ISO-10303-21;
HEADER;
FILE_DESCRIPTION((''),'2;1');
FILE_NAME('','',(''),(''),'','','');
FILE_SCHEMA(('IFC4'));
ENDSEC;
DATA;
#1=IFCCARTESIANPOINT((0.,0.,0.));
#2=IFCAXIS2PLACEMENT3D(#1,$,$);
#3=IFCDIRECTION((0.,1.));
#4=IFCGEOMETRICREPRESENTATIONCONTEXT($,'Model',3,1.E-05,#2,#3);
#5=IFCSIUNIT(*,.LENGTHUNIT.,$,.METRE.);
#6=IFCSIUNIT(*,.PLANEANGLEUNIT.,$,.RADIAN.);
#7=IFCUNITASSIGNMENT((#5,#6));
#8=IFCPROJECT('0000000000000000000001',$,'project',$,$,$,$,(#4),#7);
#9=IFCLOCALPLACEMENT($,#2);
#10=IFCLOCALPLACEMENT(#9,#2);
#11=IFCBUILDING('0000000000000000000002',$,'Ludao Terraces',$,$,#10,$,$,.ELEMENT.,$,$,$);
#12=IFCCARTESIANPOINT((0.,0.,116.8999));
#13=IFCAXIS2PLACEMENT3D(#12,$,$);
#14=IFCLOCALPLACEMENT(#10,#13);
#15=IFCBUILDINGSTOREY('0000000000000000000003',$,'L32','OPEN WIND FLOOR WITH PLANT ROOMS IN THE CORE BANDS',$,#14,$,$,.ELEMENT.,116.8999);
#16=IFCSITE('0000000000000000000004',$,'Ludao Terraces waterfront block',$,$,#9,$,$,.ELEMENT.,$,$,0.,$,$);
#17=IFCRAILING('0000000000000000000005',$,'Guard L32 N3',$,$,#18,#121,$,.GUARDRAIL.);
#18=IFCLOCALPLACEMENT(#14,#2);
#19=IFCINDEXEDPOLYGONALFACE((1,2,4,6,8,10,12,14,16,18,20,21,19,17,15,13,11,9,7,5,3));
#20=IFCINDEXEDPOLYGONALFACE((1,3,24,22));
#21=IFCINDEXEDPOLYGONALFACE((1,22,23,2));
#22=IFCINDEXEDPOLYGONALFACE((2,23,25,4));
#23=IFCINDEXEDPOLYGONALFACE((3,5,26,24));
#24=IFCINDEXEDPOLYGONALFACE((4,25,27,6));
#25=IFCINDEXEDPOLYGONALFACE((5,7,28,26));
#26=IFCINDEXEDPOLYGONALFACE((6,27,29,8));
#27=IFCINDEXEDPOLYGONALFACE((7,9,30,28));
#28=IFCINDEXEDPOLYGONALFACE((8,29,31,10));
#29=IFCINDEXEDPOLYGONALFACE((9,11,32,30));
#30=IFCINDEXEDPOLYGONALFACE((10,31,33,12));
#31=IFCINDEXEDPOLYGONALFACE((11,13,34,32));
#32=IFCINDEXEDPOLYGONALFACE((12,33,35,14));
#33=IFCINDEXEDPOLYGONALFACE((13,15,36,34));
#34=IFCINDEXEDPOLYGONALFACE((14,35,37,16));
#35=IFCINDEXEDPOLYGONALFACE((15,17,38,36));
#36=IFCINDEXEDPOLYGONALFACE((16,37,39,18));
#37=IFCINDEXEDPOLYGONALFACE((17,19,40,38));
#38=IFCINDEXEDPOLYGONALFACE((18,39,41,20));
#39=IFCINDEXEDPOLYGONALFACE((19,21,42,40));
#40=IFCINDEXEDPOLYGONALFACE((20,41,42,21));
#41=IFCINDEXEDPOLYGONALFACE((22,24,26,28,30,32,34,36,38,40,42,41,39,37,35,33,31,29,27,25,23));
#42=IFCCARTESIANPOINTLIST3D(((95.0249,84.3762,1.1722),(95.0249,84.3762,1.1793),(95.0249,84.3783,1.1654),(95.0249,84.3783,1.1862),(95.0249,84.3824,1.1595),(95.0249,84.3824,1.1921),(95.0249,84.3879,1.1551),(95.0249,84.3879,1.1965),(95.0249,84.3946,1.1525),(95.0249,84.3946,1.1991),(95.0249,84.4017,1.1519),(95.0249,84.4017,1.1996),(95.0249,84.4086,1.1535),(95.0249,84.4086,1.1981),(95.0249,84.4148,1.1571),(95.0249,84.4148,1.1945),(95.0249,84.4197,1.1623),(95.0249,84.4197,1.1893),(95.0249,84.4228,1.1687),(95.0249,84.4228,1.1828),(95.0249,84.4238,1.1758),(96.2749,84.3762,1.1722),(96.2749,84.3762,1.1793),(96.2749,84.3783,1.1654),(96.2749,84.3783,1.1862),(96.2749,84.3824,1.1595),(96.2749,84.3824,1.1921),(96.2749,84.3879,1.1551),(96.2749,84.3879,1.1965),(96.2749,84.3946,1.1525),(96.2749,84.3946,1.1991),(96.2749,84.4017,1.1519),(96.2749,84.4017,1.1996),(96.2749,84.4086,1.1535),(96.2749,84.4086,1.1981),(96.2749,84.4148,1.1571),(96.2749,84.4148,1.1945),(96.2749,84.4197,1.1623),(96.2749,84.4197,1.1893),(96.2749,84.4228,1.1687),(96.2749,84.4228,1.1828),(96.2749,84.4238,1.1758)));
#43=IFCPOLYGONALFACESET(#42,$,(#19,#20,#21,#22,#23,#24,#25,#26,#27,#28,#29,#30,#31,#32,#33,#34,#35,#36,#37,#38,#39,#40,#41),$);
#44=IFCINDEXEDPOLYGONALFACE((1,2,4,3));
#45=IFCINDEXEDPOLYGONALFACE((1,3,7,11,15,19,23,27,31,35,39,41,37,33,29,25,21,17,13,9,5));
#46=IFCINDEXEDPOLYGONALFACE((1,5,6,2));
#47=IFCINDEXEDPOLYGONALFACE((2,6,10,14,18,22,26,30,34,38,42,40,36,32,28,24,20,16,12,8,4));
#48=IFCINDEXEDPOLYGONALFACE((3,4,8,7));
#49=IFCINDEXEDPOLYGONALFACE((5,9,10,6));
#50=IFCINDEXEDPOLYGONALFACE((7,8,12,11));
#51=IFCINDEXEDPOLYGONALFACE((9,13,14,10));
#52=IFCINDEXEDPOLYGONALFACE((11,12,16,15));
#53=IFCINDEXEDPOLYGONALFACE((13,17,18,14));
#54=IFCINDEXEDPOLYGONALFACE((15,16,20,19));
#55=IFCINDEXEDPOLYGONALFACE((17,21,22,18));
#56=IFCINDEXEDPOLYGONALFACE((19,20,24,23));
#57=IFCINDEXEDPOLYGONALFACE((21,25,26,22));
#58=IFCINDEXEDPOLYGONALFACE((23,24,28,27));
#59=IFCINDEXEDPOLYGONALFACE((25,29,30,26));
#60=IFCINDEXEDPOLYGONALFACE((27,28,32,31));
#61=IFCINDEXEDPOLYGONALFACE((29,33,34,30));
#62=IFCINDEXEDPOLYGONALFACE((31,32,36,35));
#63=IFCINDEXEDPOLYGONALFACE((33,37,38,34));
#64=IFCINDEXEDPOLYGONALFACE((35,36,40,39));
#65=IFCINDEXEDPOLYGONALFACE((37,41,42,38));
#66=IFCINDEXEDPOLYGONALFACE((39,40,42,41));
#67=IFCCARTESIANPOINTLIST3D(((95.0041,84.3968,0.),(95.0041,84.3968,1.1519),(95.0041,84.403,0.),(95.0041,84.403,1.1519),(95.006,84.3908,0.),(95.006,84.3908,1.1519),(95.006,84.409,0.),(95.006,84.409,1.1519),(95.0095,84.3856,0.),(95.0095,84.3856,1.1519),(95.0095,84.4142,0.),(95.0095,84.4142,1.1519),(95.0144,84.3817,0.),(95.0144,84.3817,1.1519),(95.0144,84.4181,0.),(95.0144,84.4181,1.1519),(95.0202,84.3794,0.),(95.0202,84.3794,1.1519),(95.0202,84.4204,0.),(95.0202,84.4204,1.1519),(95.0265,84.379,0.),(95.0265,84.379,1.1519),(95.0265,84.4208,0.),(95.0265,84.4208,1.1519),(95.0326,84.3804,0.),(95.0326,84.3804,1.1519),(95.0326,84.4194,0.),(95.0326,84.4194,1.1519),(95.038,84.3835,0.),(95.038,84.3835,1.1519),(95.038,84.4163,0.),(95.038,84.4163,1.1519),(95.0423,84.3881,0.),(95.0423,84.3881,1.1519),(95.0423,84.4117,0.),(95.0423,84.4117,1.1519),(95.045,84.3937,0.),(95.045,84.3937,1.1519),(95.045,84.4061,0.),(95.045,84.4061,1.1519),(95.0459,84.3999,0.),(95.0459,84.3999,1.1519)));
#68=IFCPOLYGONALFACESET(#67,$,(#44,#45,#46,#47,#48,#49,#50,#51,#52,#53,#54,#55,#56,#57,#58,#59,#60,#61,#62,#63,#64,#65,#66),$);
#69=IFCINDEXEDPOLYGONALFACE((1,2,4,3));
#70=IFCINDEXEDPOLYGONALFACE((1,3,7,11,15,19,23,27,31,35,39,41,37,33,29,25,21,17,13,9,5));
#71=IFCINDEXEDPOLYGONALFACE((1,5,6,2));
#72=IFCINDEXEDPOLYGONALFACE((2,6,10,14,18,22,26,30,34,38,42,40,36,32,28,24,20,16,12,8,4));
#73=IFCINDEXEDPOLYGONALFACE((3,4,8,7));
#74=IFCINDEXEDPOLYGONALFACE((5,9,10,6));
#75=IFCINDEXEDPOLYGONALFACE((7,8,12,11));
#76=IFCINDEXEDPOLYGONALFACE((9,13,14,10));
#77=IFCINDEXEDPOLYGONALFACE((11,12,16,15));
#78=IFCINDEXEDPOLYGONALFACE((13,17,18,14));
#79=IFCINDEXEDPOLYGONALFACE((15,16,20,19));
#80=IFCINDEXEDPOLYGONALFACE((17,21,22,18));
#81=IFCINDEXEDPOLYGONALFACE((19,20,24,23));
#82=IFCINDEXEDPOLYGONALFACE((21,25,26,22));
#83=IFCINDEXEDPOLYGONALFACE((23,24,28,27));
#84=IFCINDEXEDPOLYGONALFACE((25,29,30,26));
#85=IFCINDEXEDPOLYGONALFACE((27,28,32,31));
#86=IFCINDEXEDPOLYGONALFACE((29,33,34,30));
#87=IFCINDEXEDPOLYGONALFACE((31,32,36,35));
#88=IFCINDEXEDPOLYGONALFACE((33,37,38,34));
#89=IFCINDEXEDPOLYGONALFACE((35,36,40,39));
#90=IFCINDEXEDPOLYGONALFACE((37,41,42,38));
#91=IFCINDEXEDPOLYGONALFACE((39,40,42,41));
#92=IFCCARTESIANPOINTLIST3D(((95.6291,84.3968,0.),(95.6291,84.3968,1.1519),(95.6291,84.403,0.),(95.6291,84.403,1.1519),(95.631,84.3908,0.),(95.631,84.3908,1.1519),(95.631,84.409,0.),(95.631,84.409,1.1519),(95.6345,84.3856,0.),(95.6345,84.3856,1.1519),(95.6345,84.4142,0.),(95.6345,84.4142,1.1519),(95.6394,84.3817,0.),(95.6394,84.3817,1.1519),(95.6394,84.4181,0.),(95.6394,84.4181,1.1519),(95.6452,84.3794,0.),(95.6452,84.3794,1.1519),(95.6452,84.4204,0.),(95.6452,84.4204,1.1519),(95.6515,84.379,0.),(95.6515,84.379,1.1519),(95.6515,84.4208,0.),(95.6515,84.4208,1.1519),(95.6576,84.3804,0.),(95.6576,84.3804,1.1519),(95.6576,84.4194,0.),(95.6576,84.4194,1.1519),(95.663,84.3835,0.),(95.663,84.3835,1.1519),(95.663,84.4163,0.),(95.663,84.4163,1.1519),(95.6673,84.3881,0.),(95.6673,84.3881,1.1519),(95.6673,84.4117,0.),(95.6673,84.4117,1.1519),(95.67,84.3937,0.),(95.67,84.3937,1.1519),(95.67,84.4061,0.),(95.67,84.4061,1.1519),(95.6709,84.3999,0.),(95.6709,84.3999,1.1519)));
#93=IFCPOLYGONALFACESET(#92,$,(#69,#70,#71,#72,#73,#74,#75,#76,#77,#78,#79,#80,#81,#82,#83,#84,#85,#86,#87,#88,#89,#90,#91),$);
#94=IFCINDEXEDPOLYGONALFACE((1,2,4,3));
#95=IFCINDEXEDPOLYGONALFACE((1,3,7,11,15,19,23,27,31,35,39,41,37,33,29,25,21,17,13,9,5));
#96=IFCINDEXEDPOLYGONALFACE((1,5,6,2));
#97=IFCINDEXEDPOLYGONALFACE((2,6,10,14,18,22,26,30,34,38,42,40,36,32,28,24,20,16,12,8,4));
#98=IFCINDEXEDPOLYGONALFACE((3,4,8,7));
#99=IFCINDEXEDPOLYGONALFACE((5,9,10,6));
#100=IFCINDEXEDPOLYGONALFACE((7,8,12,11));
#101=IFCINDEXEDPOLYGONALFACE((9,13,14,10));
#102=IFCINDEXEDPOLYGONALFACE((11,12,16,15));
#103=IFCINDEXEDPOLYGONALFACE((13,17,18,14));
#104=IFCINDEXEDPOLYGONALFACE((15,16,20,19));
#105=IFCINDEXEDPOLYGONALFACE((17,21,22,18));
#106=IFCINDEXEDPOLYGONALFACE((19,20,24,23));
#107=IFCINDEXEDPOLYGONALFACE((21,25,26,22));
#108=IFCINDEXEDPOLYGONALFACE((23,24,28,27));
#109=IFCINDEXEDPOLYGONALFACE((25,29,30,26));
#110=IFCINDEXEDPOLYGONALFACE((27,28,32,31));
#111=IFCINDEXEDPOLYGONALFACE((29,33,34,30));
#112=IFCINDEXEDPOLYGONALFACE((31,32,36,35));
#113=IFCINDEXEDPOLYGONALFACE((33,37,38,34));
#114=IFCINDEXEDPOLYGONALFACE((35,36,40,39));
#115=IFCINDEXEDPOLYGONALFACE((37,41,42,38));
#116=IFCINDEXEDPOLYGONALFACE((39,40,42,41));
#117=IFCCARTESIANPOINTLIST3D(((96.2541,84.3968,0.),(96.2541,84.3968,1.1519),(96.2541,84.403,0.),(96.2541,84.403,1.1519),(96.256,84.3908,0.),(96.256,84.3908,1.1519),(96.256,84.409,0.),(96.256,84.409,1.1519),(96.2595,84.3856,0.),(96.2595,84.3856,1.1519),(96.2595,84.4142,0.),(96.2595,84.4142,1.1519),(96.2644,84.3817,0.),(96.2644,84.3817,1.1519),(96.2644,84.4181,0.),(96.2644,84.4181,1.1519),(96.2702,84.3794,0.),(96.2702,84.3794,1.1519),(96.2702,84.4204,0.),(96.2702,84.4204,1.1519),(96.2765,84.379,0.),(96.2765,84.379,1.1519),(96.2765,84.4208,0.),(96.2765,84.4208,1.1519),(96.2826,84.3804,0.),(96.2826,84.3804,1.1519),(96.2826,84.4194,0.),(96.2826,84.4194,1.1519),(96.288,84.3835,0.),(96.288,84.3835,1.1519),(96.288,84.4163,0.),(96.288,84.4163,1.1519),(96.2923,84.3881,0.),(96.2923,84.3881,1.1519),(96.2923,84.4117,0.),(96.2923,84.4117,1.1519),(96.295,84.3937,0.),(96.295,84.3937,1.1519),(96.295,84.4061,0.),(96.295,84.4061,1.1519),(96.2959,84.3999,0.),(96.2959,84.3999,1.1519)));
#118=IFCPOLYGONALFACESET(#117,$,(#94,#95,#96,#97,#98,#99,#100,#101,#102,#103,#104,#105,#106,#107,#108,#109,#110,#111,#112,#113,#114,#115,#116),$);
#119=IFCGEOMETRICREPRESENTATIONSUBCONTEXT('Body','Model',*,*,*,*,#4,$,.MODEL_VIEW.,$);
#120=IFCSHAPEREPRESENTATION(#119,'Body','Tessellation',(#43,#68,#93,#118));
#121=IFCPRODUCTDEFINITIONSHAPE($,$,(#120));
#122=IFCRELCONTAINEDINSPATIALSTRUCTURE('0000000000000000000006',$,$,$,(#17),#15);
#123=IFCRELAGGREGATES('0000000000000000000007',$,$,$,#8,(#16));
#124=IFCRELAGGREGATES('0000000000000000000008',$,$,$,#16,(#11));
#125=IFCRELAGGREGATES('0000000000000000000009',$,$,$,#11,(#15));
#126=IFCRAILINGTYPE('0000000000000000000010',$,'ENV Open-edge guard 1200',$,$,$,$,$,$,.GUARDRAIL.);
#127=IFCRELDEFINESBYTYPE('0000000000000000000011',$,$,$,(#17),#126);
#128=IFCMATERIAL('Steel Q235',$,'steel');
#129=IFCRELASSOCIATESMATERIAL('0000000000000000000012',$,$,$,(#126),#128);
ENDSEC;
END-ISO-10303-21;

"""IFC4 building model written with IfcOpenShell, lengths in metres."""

from ifc_helpers import new_model, si_unit, direction, frame, origin, origin_2d, place, context, subcontext, project, spatial, circle, extrude, material, type_object, element, save


model = new_model("IFC4")

# Units and contexts
model_context = context("Model", 3, precision=1e-05, world=origin(), true_north=direction((0.0, 1.0)))
body_context = subcontext(model_context, "Body", "Model", "MODEL_VIEW")
ifc_project = project(units=[si_unit("LENGTHUNIT", "METRE"), si_unit("PLANEANGLEUNIT", "RADIAN")], contexts=[model_context])

# Site, building, storey
site_placement = place(None, origin())
site = spatial("IfcSite", under=ifc_project, at=site_placement, Name="Ludao Terraces waterfront block", CompositionType="ELEMENT", RefElevation=0.0)
building_placement = place(site_placement, origin())
building = spatial("IfcBuilding", under=site, at=building_placement, Name="Ludao Terraces", CompositionType="ELEMENT")
storey_placement = place(building_placement, frame((0.0, 0.0, 116.8999)))
storey = spatial("IfcBuildingStorey", under=building, at=storey_placement, Name="L32", Description="OPEN WIND FLOOR WITH PLANT ROOMS IN THE CORE BANDS", CompositionType="ELEMENT", Elevation=116.8999)

# Shared definitions
ifc_material_1 = material(Name="Steel Q235", Category="steel")

# Railing
railing_type_1 = type_object("IfcRailingType", Name="ENV Open-edge guard 1200", PredefinedType="GUARDRAIL", material=ifc_material_1)
railing_1_placement = place(storey_placement, frame((95.0249, 84.3999, 0.0)))
element("IfcRailing", 1, at=railing_1_placement, inside=storey, type_object=railing_type_1, Name="Guard L32 N3", PredefinedType="GUARDRAIL", context=body_context, shape_type="SweptSolid", body=[
    extrude(circle(Radius=0.0239, at=origin_2d()), frame((0.0, 0.0, 1.1758), z_axis=(1.0, 0.0, 0.0), x_axis=(0.0, 1.0, 0.0)), (0.0, 0.0, 1.0), 1.25),
    extrude(circle(Radius=0.021, at=origin_2d()), origin(), (0.0, 0.0, 1.0), 1.1519),
    extrude(circle(Radius=0.021, at=origin_2d()), frame((0.625, 0.0, 0.0)), (0.0, 0.0, 1.0), 1.1519),
    extrude(circle(Radius=0.021, at=origin_2d()), frame((1.25, 0.0, 0.0)), (0.0, 0.0, 1.0), 1.1519),
])

save(model, "model.ifc")
